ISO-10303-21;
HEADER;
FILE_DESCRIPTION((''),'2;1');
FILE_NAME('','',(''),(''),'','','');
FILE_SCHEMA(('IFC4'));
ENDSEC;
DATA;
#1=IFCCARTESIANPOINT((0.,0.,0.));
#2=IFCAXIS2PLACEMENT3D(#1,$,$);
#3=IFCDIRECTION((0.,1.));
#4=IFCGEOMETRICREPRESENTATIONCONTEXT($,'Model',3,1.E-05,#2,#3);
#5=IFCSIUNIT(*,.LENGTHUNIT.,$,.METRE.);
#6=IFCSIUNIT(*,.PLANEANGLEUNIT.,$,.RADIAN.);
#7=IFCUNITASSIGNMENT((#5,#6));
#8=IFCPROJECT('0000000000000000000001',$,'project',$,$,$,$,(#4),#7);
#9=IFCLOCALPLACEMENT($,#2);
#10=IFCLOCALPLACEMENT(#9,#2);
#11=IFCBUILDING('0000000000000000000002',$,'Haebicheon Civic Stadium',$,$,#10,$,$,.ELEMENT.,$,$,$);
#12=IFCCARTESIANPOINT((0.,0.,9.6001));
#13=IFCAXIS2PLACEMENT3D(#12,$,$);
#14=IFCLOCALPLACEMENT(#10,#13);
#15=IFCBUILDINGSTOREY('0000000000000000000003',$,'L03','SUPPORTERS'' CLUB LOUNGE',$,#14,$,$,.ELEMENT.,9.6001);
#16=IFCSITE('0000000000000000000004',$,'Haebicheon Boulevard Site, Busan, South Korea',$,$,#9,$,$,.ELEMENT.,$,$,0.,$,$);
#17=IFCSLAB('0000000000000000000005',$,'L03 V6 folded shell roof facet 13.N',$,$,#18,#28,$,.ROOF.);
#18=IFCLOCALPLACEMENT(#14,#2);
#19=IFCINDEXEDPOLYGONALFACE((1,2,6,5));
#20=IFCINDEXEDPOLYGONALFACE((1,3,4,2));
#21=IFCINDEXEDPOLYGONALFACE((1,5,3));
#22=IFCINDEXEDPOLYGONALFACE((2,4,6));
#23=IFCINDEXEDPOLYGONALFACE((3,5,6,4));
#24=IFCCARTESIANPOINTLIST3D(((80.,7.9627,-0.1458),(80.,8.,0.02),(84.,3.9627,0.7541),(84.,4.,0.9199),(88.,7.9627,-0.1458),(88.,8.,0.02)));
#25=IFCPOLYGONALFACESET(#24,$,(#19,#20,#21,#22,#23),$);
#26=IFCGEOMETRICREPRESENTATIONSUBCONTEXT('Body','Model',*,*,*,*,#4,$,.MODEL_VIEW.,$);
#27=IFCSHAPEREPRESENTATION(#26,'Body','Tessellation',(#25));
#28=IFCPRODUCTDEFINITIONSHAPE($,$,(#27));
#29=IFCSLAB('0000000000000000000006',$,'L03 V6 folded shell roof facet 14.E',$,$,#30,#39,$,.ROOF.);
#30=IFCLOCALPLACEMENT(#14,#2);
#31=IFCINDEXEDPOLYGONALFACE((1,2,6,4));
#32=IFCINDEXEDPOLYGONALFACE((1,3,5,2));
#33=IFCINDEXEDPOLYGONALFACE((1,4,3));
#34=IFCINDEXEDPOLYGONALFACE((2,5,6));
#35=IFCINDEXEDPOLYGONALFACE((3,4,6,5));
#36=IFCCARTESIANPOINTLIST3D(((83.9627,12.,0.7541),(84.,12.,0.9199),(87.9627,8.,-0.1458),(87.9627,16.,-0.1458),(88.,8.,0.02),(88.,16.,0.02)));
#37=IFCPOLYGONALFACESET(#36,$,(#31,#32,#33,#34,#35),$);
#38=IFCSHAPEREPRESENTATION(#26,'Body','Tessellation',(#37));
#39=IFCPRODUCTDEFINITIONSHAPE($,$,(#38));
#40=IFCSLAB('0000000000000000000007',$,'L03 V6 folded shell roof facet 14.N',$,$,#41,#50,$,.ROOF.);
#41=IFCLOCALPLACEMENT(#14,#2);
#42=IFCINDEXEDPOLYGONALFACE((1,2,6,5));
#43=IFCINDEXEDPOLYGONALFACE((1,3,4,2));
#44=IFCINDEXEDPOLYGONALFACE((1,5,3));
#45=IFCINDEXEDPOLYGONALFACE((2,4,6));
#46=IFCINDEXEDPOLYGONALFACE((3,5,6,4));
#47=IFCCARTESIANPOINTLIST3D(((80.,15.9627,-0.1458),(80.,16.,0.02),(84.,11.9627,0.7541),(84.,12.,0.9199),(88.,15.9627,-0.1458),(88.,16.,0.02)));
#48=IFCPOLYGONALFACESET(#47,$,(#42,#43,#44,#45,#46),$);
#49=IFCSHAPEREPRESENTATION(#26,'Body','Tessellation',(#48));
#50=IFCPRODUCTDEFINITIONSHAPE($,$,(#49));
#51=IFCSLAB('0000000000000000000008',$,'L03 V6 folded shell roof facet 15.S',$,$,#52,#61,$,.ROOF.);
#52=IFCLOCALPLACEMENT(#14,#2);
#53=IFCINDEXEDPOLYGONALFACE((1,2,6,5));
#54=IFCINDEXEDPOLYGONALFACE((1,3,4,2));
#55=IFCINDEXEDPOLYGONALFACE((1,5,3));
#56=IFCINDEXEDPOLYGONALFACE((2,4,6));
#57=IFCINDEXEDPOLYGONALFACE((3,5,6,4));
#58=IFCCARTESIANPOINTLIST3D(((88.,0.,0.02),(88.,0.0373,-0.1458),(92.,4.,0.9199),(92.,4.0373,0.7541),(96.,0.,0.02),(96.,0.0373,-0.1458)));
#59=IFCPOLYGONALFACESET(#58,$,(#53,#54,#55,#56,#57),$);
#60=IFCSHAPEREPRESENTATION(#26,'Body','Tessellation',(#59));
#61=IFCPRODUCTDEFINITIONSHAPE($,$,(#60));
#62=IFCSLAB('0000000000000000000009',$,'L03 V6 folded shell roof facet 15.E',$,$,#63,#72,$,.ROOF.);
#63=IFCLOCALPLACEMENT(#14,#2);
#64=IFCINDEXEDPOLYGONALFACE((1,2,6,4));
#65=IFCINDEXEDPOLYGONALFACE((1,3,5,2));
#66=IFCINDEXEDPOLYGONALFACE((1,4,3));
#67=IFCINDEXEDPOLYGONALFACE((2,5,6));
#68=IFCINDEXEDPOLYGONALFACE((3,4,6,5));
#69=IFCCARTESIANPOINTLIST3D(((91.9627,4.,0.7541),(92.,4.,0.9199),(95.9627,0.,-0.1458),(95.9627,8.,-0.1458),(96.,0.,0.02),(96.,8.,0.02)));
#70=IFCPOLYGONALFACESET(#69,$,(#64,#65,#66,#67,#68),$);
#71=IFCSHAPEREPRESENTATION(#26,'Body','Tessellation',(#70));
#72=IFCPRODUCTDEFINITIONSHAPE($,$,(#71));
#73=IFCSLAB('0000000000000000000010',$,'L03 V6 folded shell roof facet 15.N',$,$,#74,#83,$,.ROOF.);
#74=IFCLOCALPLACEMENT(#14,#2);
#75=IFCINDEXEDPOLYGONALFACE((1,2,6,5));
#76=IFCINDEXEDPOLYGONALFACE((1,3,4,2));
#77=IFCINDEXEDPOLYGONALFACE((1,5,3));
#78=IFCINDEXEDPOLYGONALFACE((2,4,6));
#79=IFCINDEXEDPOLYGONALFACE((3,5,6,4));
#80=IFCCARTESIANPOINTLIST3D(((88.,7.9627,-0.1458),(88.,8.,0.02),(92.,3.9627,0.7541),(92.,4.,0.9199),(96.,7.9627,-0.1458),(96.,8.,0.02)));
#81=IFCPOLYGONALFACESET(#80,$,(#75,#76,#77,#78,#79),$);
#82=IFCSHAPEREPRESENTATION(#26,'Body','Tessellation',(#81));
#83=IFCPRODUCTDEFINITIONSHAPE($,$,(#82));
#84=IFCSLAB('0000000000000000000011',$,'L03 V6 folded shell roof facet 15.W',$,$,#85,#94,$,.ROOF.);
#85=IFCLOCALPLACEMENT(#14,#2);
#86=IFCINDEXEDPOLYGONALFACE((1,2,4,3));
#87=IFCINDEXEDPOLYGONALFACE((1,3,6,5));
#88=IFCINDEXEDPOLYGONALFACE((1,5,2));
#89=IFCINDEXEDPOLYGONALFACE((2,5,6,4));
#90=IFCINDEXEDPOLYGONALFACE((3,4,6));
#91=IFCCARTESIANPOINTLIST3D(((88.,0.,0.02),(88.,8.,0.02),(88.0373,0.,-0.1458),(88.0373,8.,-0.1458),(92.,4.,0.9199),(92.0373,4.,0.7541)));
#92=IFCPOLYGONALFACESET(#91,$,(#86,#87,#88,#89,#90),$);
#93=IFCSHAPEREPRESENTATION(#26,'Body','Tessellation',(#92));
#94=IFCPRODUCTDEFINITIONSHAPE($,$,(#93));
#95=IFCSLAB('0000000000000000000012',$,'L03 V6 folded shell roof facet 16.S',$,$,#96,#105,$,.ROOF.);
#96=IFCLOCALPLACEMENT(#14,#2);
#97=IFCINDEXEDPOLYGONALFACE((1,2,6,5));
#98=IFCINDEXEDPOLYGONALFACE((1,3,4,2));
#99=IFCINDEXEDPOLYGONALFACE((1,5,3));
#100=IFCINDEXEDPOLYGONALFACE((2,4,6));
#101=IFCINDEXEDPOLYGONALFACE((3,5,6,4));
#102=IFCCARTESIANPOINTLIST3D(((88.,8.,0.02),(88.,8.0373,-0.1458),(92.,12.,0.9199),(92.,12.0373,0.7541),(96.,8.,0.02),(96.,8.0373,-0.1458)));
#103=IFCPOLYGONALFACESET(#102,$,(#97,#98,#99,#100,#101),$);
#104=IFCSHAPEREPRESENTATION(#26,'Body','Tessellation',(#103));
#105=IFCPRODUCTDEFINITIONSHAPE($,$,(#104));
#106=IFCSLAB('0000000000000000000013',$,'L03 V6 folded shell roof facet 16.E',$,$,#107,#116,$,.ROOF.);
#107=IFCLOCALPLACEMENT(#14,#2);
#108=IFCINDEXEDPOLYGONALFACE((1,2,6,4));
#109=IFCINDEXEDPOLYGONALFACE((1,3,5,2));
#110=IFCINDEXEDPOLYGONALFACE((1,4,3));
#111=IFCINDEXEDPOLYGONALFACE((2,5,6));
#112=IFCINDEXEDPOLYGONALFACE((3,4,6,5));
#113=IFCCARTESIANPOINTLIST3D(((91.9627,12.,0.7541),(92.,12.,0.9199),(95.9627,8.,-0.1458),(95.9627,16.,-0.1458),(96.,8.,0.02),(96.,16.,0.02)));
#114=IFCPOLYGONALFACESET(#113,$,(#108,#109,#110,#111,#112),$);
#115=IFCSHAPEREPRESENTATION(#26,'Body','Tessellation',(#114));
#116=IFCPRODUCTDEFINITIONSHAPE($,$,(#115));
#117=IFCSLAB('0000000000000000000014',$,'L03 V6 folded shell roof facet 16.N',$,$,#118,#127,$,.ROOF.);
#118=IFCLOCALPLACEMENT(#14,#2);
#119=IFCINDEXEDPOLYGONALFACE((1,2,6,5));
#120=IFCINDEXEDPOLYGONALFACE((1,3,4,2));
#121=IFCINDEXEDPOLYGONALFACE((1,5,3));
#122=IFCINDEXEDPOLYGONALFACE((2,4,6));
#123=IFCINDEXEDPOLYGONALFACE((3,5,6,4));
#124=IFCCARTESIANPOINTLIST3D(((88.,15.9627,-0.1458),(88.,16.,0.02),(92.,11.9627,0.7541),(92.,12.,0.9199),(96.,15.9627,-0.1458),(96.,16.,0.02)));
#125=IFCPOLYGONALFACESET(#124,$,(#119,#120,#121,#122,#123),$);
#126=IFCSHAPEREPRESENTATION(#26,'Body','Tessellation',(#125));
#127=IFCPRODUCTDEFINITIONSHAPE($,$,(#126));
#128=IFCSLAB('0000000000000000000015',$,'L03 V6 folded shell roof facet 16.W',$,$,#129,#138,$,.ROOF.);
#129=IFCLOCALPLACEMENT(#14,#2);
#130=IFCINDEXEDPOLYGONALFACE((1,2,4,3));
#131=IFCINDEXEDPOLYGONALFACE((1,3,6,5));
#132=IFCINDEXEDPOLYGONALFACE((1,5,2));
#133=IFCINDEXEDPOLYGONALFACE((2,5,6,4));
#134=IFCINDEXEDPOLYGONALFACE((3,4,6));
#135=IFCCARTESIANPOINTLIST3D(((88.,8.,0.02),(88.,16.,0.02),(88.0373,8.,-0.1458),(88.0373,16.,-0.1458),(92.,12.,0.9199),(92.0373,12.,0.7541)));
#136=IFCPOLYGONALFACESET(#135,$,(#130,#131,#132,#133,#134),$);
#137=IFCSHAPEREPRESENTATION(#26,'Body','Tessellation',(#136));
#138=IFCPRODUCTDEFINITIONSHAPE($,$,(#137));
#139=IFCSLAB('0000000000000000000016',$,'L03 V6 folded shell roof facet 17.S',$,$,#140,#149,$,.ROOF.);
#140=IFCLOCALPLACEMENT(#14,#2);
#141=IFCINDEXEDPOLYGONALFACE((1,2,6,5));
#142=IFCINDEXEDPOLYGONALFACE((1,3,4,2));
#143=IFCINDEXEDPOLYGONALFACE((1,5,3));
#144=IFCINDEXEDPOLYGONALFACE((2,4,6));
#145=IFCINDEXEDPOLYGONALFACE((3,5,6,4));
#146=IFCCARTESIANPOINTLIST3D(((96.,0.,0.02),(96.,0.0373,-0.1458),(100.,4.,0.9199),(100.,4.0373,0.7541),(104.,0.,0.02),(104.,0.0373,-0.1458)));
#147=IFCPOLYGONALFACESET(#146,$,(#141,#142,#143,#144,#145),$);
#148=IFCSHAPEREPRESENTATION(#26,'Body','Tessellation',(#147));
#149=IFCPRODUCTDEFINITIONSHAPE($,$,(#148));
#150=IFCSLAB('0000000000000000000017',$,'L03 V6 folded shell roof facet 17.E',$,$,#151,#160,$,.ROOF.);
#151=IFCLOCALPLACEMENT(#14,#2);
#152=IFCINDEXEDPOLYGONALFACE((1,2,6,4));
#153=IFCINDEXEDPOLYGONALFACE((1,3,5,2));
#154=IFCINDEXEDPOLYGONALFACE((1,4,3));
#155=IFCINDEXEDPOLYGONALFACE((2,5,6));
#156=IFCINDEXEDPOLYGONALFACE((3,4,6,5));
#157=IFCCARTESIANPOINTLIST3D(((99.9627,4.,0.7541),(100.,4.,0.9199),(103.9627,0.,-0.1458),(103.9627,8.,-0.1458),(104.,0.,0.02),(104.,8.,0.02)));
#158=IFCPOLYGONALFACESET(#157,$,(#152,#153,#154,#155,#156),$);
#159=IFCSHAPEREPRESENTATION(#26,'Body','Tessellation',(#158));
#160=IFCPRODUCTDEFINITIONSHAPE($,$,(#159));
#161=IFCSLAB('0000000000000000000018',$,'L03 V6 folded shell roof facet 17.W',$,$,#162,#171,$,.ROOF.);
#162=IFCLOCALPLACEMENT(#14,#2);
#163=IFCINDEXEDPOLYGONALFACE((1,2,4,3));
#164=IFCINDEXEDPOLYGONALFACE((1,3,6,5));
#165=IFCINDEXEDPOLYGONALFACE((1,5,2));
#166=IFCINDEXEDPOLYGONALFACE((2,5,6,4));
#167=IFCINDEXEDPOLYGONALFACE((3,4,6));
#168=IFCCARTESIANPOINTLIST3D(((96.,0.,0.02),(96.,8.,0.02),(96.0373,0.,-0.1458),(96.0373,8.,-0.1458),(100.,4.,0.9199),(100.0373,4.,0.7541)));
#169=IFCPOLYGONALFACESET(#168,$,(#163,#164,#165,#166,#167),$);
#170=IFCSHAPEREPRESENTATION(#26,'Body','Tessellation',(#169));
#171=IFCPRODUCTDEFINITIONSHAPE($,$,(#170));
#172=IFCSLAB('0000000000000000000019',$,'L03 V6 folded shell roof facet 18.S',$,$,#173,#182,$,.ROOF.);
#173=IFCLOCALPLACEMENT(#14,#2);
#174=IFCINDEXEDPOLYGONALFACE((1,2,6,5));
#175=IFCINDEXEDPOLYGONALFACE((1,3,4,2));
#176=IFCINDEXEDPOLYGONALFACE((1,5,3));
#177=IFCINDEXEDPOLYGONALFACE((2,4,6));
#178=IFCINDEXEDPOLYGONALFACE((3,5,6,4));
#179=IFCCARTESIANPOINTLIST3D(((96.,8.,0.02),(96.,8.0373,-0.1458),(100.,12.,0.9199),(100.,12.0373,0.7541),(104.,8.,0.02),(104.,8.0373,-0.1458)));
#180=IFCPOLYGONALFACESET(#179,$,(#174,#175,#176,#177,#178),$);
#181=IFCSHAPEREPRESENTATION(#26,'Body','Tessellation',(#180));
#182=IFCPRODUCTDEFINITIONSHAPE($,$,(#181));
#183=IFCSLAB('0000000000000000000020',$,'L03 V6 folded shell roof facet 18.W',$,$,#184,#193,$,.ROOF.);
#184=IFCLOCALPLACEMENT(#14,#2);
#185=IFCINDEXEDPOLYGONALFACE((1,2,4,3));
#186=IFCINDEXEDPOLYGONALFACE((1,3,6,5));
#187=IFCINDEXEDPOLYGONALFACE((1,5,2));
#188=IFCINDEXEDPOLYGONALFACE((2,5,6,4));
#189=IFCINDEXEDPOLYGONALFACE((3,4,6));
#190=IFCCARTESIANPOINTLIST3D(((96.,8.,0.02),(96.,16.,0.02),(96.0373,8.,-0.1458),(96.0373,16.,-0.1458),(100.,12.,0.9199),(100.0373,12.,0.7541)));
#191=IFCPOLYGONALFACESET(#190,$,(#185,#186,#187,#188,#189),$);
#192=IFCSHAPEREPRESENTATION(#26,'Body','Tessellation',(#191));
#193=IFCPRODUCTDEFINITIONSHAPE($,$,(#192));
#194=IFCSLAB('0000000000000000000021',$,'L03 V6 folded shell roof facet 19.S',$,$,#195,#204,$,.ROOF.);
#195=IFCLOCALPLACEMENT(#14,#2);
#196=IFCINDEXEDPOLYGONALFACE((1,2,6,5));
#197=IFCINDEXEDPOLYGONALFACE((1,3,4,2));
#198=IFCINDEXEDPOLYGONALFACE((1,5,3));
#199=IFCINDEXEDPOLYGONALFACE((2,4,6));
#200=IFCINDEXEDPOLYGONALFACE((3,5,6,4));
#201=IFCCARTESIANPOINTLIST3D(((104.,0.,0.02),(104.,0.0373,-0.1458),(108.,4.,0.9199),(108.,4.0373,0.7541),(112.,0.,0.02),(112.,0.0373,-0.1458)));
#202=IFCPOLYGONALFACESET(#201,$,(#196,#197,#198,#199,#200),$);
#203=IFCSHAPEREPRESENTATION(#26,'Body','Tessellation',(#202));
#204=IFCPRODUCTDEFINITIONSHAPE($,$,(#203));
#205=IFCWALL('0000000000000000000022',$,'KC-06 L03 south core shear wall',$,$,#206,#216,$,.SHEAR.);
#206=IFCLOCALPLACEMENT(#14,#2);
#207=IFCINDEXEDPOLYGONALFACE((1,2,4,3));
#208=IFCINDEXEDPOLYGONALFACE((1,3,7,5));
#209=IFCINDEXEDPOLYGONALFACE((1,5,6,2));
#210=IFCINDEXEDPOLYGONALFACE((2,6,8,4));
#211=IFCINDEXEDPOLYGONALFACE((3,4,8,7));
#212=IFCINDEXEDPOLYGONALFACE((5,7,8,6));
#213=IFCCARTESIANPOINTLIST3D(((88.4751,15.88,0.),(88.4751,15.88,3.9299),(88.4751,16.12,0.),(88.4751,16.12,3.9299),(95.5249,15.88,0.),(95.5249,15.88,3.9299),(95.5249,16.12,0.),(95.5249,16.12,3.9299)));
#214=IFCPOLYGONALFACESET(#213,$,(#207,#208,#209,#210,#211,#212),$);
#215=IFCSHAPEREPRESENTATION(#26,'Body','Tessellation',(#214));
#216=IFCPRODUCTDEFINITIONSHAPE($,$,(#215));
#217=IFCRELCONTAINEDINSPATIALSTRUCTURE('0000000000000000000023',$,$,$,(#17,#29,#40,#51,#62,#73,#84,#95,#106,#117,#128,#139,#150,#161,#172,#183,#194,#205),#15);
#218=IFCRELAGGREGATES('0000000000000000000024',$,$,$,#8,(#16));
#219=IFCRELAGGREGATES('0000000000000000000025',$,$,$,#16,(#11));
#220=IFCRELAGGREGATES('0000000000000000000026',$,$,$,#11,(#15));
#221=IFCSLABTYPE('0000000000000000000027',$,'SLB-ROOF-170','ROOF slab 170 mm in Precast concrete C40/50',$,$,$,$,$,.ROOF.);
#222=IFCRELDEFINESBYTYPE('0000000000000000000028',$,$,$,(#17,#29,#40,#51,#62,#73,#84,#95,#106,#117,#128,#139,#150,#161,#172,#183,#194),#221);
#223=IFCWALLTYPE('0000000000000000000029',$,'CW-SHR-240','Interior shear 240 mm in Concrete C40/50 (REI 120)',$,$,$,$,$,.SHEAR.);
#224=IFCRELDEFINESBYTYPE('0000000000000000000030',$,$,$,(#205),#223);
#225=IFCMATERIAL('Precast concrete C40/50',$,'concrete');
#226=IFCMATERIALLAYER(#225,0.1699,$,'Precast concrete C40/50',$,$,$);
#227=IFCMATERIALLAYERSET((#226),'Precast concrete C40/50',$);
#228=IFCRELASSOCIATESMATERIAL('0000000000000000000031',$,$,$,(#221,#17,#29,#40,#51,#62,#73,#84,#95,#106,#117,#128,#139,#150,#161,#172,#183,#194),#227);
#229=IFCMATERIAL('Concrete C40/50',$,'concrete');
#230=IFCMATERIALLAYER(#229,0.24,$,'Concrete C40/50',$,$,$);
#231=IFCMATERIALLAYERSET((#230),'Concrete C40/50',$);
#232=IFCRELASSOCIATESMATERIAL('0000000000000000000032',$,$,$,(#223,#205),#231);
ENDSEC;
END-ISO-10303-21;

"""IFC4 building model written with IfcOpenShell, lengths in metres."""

from ifc_helpers import new_model, si_unit, direction, frame, frame_2d, origin, place, context, subcontext, project, spatial, polyline, rectangle, outline, extrude, material, layer, layer_set, type_object, element, save


model = new_model("IFC4")

# Units and contexts
model_context = context("Model", 3, precision=1e-05, world=origin(), true_north=direction((0.0, 1.0)))
body_context = subcontext(model_context, "Body", "Model", "MODEL_VIEW")
ifc_project = project(units=[si_unit("LENGTHUNIT", "METRE"), si_unit("PLANEANGLEUNIT", "RADIAN")], contexts=[model_context])

# Site, building, storey
site_placement = place(None, origin())
site = spatial("IfcSite", under=ifc_project, at=site_placement, Name="Haebicheon Boulevard Site, Busan, South Korea", CompositionType="ELEMENT", RefElevation=0.0)
building_placement = place(site_placement, origin())
building = spatial("IfcBuilding", under=site, at=building_placement, Name="Haebicheon Civic Stadium", CompositionType="ELEMENT")
storey_placement = place(building_placement, frame((0.0, 0.0, 9.6001)))
storey = spatial("IfcBuildingStorey", under=building, at=storey_placement, Name="L03", Description="SUPPORTERS' CLUB LOUNGE", CompositionType="ELEMENT", Elevation=9.6001)

# Slabs
ifc_material_1 = material(Name="Precast concrete C40/50", Category="concrete")
ifc_layer_1 = layer(ifc_material_1, 0.1699, Name="Precast concrete C40/50")
ifc_layer_set_1 = layer_set([ifc_layer_1], Name="Precast concrete C40/50")
slab_type = type_object("IfcSlabType", Name="SLB-ROOF-170", Description="ROOF slab 170 mm in Precast concrete C40/50", PredefinedType="ROOF", material=ifc_layer_set_1)
for number, where, z_axis, x_axis, name in (
    (1, (88.0, 8.0, 0.02), (0.0, 0.21949, 0.975615), (-1.0, 0.0, 0.0), "L03 V6 folded shell roof facet 13.N"),
    (2, (88.0, 8.0, 0.02), (0.21949, 0.0, 0.975615), (0.0, 1.0, 0.0), "L03 V6 folded shell roof facet 14.E"),
    (3, (88.0, 16.0, 0.02), (0.0, 0.21949, 0.975615), (-1.0, 0.0, 0.0), "L03 V6 folded shell roof facet 14.N"),
    (4, (88.0, 0.0, 0.02), (0.0, -0.21949, 0.975615), (1.0, 0.0, 0.0), "L03 V6 folded shell roof facet 15.S"),
    (5, (96.0, 0.0, 0.02), (0.21949, 0.0, 0.975615), (0.0, 1.0, 0.0), "L03 V6 folded shell roof facet 15.E"),
    (6, (96.0, 8.0, 0.02), (0.0, 0.21949, 0.975615), (-1.0, 0.0, 0.0), "L03 V6 folded shell roof facet 15.N"),
    (7, (88.0, 8.0, 0.02), (-0.21949, 0.0, 0.975615), (0.0, -1.0, 0.0), "L03 V6 folded shell roof facet 15.W"),
    (8, (88.0, 8.0, 0.02), (0.0, -0.21949, 0.975615), (1.0, 0.0, 0.0), "L03 V6 folded shell roof facet 16.S"),
    (9, (96.0, 8.0, 0.02), (0.21949, 0.0, 0.975615), (0.0, 1.0, 0.0), "L03 V6 folded shell roof facet 16.E"),
    (10, (96.0, 16.0, 0.02), (0.0, 0.21949, 0.975615), (-1.0, 0.0, 0.0), "L03 V6 folded shell roof facet 16.N"),
    (11, (88.0, 16.0, 0.02), (-0.21949, 0.0, 0.975615), (0.0, -1.0, 0.0), "L03 V6 folded shell roof facet 16.W"),
    (12, (96.0, 0.0, 0.02), (0.0, -0.21949, 0.975615), (1.0, 0.0, 0.0), "L03 V6 folded shell roof facet 17.S"),
    (13, (104.0, 0.0, 0.02), (0.21949, 0.0, 0.975615), (0.0, 1.0, 0.0), "L03 V6 folded shell roof facet 17.E"),
    (14, (96.0, 8.0, 0.02), (-0.21949, 0.0, 0.975615), (0.0, -1.0, 0.0), "L03 V6 folded shell roof facet 17.W"),
    (15, (96.0, 8.0, 0.02), (0.0, -0.21949, 0.975615), (1.0, 0.0, 0.0), "L03 V6 folded shell roof facet 18.S"),
    (16, (96.0, 16.0, 0.02), (-0.21949, 0.0, 0.975615), (0.0, -1.0, 0.0), "L03 V6 folded shell roof facet 18.W"),
    (17, (104.0, 0.0, 0.02), (0.0, -0.21949, 0.975615), (1.0, 0.0, 0.0), "L03 V6 folded shell roof facet 19.S"),
):
    element("IfcSlab", number, at=place(storey_placement, frame(where, z_axis=z_axis, x_axis=x_axis)), inside=storey, type_object=slab_type, material=ifc_layer_set_1, Name=name, PredefinedType="ROOF", context=body_context, shape_type="SweptSolid", body=[
        extrude(outline(polyline([(0.0, 0.0), (8.0, 0.0), (4.0, 4.1), (0.0, 0.0)])), origin(), (0.0, 0.0, -1.0), 0.1699),
    ])

# Wall
ifc_material_2 = material(Name="Concrete C40/50", Category="concrete")
ifc_layer_2 = layer(ifc_material_2, 0.24, Name="Concrete C40/50")
ifc_layer_set_2 = layer_set([ifc_layer_2], Name="Concrete C40/50")
wall_type_1 = type_object("IfcWallType", Name="CW-SHR-240", Description="Interior shear 240 mm in Concrete C40/50 (REI 120)", PredefinedType="SHEAR", material=ifc_layer_set_2)
wall_1_placement = place(storey_placement, frame((88.4751, 16.0, 0.0), z_axis=(0.0, 0.0, 1.0), x_axis=(1.0, 0.0, 0.0)))
element("IfcWall", 18, at=wall_1_placement, inside=storey, type_object=wall_type_1, material=ifc_layer_set_2, Name="KC-06 L03 south core shear wall", PredefinedType="SHEAR", context=body_context, shape_type="SweptSolid", body=[
    extrude(rectangle(XDim=7.0498, YDim=0.24, at=frame_2d((3.5249, 0.0))), origin(), (0.0, 0.0, 1.0), 3.9299),
])

save(model, "model.ifc")
